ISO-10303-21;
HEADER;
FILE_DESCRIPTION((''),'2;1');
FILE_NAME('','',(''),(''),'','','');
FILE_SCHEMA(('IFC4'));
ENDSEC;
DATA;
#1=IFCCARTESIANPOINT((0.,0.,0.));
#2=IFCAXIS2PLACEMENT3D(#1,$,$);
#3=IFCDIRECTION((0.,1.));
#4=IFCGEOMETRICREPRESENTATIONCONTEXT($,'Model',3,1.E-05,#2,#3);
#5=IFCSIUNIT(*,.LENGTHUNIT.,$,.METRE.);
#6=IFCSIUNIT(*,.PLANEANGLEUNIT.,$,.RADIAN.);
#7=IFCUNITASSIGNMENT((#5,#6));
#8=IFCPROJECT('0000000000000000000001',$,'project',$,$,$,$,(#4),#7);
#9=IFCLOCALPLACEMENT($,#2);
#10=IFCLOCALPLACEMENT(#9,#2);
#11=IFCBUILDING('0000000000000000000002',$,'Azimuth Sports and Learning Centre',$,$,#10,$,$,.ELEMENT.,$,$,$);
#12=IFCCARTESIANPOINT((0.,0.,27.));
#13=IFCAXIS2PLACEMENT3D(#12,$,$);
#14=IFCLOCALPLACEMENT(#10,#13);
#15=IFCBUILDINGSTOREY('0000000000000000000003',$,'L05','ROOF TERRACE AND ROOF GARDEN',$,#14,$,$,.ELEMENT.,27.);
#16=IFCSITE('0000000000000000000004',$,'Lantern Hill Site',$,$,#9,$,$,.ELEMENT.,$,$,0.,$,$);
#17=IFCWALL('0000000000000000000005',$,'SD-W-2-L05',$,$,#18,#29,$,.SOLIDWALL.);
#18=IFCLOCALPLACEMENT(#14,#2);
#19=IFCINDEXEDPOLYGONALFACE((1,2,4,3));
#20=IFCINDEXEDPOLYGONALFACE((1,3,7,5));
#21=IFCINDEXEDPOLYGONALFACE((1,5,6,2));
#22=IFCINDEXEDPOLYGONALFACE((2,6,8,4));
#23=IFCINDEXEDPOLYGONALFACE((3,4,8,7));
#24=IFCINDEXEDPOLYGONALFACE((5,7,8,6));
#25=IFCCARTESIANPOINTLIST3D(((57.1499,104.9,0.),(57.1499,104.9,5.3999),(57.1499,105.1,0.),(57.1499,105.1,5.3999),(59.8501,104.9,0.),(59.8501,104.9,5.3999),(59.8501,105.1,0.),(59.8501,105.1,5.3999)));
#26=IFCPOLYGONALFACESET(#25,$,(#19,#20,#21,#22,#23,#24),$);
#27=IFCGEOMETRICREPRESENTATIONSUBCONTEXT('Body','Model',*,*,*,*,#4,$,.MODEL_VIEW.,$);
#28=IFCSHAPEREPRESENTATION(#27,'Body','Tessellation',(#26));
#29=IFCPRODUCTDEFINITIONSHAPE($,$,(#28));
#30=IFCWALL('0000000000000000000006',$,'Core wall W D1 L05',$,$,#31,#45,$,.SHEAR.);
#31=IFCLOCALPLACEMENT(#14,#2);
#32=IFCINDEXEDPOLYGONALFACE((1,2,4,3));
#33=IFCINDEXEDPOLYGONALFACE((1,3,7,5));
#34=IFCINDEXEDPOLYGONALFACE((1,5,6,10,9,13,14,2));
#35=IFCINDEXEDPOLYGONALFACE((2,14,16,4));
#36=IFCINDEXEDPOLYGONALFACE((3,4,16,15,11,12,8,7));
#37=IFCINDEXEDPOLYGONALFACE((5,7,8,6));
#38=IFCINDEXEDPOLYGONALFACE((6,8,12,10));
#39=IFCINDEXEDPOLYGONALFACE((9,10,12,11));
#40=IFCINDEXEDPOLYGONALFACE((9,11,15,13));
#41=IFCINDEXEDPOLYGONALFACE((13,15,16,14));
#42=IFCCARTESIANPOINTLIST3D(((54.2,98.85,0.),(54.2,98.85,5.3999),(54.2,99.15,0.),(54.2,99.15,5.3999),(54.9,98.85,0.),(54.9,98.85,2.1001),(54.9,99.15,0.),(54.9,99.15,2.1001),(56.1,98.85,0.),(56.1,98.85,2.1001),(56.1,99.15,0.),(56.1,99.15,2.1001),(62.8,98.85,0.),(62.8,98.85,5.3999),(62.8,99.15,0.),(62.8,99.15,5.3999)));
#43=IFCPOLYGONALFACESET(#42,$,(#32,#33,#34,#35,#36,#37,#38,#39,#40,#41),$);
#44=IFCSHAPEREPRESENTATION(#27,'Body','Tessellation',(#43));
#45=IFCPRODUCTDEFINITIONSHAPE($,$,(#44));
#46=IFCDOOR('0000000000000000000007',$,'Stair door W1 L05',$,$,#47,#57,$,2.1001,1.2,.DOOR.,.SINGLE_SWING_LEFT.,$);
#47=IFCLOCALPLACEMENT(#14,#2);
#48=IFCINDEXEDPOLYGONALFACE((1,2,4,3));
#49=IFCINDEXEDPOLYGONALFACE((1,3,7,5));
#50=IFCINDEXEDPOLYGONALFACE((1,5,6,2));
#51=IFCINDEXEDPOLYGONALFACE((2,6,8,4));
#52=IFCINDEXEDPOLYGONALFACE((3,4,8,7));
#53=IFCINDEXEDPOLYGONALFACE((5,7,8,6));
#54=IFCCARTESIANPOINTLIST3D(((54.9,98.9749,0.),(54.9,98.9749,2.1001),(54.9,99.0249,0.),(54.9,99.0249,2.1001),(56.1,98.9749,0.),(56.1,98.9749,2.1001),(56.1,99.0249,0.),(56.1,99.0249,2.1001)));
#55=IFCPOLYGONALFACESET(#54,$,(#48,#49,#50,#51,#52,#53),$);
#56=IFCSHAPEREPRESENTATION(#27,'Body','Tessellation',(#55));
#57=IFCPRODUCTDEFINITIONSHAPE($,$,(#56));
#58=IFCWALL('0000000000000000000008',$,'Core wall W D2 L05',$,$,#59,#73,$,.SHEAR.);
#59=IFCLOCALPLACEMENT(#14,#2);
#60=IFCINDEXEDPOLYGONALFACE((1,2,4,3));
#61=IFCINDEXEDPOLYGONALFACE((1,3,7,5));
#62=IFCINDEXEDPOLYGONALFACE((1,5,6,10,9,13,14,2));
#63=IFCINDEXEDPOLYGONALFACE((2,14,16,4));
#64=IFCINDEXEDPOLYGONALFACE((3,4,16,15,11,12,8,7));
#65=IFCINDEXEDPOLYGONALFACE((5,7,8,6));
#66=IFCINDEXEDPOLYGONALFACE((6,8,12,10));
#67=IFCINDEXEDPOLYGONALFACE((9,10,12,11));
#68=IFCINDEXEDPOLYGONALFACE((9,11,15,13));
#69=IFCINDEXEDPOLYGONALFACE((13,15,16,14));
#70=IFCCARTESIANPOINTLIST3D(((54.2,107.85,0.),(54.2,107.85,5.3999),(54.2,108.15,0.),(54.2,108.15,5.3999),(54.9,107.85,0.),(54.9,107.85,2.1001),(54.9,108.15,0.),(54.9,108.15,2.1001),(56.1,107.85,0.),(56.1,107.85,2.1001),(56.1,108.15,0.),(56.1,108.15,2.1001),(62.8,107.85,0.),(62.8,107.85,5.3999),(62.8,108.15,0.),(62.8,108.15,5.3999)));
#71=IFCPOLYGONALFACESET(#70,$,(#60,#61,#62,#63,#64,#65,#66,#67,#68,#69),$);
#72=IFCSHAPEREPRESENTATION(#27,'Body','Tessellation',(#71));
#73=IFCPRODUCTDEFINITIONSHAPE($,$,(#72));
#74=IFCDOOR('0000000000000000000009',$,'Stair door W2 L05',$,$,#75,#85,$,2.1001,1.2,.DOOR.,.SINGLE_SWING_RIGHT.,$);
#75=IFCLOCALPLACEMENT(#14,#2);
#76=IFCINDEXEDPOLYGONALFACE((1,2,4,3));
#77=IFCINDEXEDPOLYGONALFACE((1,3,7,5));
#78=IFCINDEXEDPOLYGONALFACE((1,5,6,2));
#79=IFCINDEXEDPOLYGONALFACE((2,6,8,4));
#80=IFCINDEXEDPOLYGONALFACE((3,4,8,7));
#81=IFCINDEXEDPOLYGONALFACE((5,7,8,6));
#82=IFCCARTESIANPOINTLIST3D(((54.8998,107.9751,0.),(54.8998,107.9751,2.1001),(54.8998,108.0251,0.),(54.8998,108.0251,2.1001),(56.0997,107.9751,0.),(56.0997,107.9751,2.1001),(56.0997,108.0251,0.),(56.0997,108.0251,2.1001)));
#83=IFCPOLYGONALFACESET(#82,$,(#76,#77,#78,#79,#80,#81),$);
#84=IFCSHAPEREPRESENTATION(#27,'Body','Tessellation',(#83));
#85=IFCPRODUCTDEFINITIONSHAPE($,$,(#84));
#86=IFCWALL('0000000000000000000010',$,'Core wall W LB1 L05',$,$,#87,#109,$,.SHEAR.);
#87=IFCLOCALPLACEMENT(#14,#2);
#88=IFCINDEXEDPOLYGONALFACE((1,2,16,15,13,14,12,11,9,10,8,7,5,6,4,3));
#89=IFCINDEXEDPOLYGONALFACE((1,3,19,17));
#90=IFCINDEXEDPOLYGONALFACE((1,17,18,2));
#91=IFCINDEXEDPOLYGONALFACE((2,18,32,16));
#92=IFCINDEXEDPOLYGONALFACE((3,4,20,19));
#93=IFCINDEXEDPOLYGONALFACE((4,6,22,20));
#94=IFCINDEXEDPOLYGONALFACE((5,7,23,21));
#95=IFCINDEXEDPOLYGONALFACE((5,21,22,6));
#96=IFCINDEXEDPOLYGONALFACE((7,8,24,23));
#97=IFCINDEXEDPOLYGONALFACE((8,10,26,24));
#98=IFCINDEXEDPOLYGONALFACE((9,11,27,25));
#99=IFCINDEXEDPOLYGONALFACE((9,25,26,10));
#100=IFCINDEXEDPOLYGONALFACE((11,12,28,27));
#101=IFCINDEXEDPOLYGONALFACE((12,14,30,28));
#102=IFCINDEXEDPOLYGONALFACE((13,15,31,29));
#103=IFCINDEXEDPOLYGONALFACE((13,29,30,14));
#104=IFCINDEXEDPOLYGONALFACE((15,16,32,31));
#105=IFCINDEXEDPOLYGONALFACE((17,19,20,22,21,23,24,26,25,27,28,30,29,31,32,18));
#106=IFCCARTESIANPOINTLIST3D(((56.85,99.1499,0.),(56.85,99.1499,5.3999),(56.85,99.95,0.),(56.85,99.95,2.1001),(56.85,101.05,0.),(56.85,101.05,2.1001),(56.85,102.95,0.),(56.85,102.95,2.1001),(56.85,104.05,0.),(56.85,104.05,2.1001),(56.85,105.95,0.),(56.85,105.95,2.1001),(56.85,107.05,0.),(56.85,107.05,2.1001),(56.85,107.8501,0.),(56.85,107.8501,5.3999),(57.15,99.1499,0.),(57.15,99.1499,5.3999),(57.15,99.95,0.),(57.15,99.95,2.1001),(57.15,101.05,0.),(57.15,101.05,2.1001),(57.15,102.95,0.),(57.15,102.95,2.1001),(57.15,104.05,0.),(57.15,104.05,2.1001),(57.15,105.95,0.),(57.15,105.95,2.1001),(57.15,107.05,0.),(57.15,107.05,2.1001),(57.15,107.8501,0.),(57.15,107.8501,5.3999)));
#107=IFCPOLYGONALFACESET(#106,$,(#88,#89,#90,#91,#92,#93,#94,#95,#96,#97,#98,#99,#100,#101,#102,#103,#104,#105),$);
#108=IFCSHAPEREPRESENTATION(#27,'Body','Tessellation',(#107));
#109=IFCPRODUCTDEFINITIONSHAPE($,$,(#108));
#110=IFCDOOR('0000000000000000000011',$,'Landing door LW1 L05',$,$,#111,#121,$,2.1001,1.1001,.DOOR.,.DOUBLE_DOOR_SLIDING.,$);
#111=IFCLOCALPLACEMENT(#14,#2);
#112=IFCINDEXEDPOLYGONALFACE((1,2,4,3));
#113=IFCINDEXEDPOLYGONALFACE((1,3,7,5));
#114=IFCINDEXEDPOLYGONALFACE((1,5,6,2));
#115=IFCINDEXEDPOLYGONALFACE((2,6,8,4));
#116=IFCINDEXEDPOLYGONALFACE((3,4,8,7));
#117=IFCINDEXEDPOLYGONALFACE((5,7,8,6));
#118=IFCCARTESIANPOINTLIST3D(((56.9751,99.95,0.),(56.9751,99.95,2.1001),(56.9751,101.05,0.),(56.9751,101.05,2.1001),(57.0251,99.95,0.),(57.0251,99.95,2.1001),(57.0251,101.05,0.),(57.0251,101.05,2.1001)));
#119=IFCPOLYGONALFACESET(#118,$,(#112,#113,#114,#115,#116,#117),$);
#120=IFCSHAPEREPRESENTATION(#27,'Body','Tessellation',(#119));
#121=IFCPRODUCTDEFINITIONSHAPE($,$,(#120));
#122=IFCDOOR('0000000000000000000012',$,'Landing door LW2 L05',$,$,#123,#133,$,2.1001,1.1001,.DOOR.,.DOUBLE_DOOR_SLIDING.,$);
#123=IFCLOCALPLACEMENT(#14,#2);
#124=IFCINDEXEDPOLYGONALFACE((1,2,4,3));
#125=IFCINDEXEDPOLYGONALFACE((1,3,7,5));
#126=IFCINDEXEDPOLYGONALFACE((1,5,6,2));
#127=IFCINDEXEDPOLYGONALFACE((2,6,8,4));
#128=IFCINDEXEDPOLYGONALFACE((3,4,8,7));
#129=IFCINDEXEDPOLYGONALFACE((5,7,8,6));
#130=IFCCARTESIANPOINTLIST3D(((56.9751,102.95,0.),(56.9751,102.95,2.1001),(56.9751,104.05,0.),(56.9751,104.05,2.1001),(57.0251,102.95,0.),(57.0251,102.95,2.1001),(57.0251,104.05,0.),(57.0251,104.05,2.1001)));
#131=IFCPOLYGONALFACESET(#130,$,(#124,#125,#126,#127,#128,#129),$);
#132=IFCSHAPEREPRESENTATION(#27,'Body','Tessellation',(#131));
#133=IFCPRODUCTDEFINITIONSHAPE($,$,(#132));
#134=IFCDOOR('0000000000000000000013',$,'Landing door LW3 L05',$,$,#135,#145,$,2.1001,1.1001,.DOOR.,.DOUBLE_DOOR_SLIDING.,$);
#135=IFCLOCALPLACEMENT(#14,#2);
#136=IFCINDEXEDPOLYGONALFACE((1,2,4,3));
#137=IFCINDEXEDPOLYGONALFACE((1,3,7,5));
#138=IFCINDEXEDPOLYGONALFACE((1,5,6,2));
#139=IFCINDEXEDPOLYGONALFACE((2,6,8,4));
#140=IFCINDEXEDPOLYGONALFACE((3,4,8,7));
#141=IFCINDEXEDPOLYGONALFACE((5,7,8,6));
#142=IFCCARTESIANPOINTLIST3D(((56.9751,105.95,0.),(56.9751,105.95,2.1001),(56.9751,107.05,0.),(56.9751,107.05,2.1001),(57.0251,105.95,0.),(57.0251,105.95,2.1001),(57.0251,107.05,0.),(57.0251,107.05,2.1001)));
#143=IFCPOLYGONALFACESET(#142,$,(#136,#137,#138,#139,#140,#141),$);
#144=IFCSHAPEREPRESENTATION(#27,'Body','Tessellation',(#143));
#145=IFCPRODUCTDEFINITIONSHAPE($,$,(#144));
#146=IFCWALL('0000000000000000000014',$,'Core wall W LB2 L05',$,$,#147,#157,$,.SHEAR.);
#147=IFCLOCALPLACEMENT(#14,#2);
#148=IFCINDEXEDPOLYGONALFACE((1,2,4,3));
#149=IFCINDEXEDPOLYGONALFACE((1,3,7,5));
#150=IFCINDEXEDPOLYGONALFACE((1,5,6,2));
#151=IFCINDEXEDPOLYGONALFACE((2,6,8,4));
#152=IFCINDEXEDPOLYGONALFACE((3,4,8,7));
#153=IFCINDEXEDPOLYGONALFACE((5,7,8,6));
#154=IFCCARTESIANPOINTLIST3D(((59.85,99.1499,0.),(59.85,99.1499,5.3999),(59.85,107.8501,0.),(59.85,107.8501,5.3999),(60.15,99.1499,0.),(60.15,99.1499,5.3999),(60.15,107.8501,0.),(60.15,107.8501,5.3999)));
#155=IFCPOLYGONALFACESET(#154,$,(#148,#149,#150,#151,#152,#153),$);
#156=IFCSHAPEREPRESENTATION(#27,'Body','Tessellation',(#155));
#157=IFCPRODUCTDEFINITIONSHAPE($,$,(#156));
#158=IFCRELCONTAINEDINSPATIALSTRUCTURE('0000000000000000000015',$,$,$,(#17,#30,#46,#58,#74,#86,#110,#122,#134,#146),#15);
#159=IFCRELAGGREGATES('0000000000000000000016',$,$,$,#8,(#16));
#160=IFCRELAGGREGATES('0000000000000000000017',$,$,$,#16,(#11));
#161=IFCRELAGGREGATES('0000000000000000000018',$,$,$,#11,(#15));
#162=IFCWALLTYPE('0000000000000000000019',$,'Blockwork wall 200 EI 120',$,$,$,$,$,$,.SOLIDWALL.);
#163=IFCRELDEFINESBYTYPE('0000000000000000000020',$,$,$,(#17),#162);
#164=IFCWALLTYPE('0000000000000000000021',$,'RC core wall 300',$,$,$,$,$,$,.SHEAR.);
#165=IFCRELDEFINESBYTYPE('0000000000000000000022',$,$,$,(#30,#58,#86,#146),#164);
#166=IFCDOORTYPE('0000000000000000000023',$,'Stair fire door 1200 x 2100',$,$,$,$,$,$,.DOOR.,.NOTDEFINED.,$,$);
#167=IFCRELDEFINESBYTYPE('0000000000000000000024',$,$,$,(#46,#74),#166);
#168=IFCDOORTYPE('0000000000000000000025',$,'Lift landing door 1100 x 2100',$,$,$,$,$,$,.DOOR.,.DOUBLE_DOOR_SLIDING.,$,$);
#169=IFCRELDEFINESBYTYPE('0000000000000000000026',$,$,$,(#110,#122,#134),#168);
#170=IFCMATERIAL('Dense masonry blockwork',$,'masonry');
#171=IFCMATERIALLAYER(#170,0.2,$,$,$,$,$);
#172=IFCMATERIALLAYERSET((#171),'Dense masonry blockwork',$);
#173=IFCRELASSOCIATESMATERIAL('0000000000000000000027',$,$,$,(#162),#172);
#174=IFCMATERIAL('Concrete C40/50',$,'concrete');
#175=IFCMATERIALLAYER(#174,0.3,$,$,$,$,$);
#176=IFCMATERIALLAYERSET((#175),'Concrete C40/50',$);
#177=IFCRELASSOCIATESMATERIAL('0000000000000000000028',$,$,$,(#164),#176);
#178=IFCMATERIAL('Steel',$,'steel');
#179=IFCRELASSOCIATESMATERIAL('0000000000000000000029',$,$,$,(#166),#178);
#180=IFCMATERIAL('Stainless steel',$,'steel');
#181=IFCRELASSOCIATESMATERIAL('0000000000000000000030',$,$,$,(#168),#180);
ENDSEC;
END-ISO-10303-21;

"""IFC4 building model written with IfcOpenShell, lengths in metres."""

from ifc_helpers import new_model, si_unit, direction, frame, frame_2d, origin, place, context, subcontext, project, spatial, rectangle, extrude, material, layer, layer_set, type_object, element, fill, save


model = new_model("IFC4")

# Units and contexts
model_context = context("Model", 3, precision=1e-05, world=origin(), true_north=direction((0.0, 1.0)))
body_context = subcontext(model_context, "Body", "Model", "MODEL_VIEW")
ifc_project = project(units=[si_unit("LENGTHUNIT", "METRE"), si_unit("PLANEANGLEUNIT", "RADIAN")], contexts=[model_context])

# Site, building, storey
site_placement = place(None, origin())
site = spatial("IfcSite", under=ifc_project, at=site_placement, Name="Lantern Hill Site", CompositionType="ELEMENT", RefElevation=0.0)
building_placement = place(site_placement, origin())
building = spatial("IfcBuilding", under=site, at=building_placement, Name="Azimuth Sports and Learning Centre", CompositionType="ELEMENT")
storey_placement = place(building_placement, frame((0.0, 0.0, 27.0)))
storey = spatial("IfcBuildingStorey", under=building, at=storey_placement, Name="L05", Description="ROOF TERRACE AND ROOF GARDEN", CompositionType="ELEMENT", Elevation=27.0)

# Wall
ifc_material_1 = material(Name="Dense masonry blockwork", Category="masonry")
ifc_layer_1 = layer(ifc_material_1, 0.2)
ifc_layer_set_1 = layer_set([ifc_layer_1], Name="Dense masonry blockwork")
wall_type_1 = type_object("IfcWallType", Name="Blockwork wall 200 EI 120", PredefinedType="SOLIDWALL", material=ifc_layer_set_1)
for number, where, z_axis, x_axis, name in (
    (1, (57.1499, 105.0, 0.0), (0.0, 0.0, 1.0), (1.0, 0.0, 0.0), "SD-W-2-L05"),
):
    element("IfcWall", number, at=place(storey_placement, frame(where, z_axis=z_axis, x_axis=x_axis)), inside=storey, type_object=wall_type_1, Name=name, PredefinedType="SOLIDWALL", context=body_context, shape_type="SweptSolid", body=[
        extrude(rectangle(XDim=2.7002, YDim=0.2, at=frame_2d((1.3501, 0.0))), origin(), (0.0, 0.0, 1.0), 5.3999),
    ])

# Walls, openings, doors
ifc_material_2 = material(Name="Concrete C40/50", Category="concrete")
ifc_layer_2 = layer(ifc_material_2, 0.3)
ifc_layer_set_2 = layer_set([ifc_layer_2], Name="Concrete C40/50")
wall_type_2 = type_object("IfcWallType", Name="RC core wall 300", PredefinedType="SHEAR", material=ifc_layer_set_2)
wall_1_placement = place(storey_placement, frame((54.2, 99.0, 0.0), z_axis=(0.0, 0.0, 1.0), x_axis=(1.0, 0.0, 0.0)))
wall_1 = element("IfcWall", 2, at=wall_1_placement, inside=storey, type_object=wall_type_2, Name="Core wall W D1 L05", PredefinedType="SHEAR", context=body_context, shape_type="SweptSolid", body=[
    extrude(rectangle(XDim=8.6001, YDim=0.3, at=frame_2d((4.3, 0.0))), origin(), (0.0, 0.0, 1.0), 5.3999),
])
opening_1_placement = place(wall_1_placement, frame((0.7, 0.0, 0.0)))
opening_1 = element("IfcOpeningElement", 3, at=opening_1_placement, cuts=wall_1, PredefinedType="OPENING", context=body_context, shape_type="SweptSolid", body=[
    extrude(rectangle(XDim=1.2, YDim=2.1001, at=frame_2d((0.6001, 1.05))), frame((0.0, 0.1611, 0.0), z_axis=(0.0, -1.0, 0.0), x_axis=(1.0, 0.0, 0.0)), (0.0, 0.0, 1.0), 0.322),
])
ifc_material_3 = material(Name="Steel", Category="steel")
door_type_1 = type_object("IfcDoorType", Name="Stair fire door 1200 x 2100", OperationType="NOTDEFINED", PredefinedType="DOOR", material=ifc_material_3)
door_1_placement = place(opening_1_placement, origin())
door_1 = element("IfcDoor", 4, at=door_1_placement, inside=storey, type_object=door_type_1, Name="Stair door W1 L05", OperationType="SINGLE_SWING_LEFT", OverallHeight=2.1001, OverallWidth=1.2, PredefinedType="DOOR", context=body_context, shape_type="SweptSolid", body=[
    extrude(rectangle(XDim=1.2, YDim=2.1001, at=frame_2d((0.6001, 1.05))), frame((0.0, 0.0249, 0.0), z_axis=(0.0, -1.0, 0.0), x_axis=(1.0, 0.0, 0.0)), (0.0, 0.0, 1.0), 0.05),
])
fill(opening_1, door_1)
wall_2_placement = place(storey_placement, frame((54.2, 108.0, 0.0), z_axis=(0.0, 0.0, 1.0), x_axis=(1.0, 0.0, 0.0)))
wall_2 = element("IfcWall", 5, at=wall_2_placement, inside=storey, type_object=wall_type_2, Name="Core wall W D2 L05", PredefinedType="SHEAR", context=body_context, shape_type="SweptSolid", body=[
    extrude(rectangle(XDim=8.6001, YDim=0.3, at=frame_2d((4.3, 0.0))), origin(), (0.0, 0.0, 1.0), 5.3999),
])
opening_2_placement = place(wall_2_placement, frame((0.7, 0.0, 0.0)))
opening_2 = element("IfcOpeningElement", 6, at=opening_2_placement, cuts=wall_2, PredefinedType="OPENING", context=body_context, shape_type="SweptSolid", body=[
    extrude(rectangle(XDim=1.2, YDim=2.1001, at=frame_2d((0.6001, 1.05))), frame((0.0, 0.1611, 0.0), z_axis=(0.0, -1.0, 0.0), x_axis=(1.0, 0.0, 0.0)), (0.0, 0.0, 1.0), 0.322),
])
door_2_placement = place(opening_2_placement, frame((1.2, 0.0, 0.0), z_axis=(0.0, 0.0, 1.0), x_axis=(-1.0, 0.0, 0.0)))
door_2 = element("IfcDoor", 7, at=door_2_placement, inside=storey, type_object=door_type_1, Name="Stair door W2 L05", OperationType="SINGLE_SWING_RIGHT", OverallHeight=2.1001, OverallWidth=1.2, PredefinedType="DOOR", context=body_context, shape_type="SweptSolid", body=[
    extrude(rectangle(XDim=1.2, YDim=2.1001, at=frame_2d((0.6001, 1.05))), frame((0.0, 0.0249, 0.0), z_axis=(0.0, -1.0, 0.0), x_axis=(1.0, 0.0, 0.0)), (0.0, 0.0, 1.0), 0.05),
])
fill(opening_2, door_2)

# Wall, openings, doors
wall_3_placement = place(storey_placement, frame((57.0, 99.1499, 0.0), z_axis=(0.0, 0.0, 1.0), x_axis=(0.0, 1.0, 0.0)))
wall_3 = element("IfcWall", 8, at=wall_3_placement, inside=storey, type_object=wall_type_2, Name="Core wall W LB1 L05", PredefinedType="SHEAR", context=body_context, shape_type="SweptSolid", body=[
    extrude(rectangle(XDim=8.7002, YDim=0.3, at=frame_2d((4.3501, 0.0))), origin(), (0.0, 0.0, 1.0), 5.3999),
])
opening_3_placement = place(wall_3_placement, frame((0.8, 0.0, 0.0)))
opening_3 = element("IfcOpeningElement", 9, at=opening_3_placement, cuts=wall_3, PredefinedType="OPENING", context=body_context, shape_type="SweptSolid", body=[
    extrude(rectangle(XDim=1.1001, YDim=2.1001, at=frame_2d((0.55, 1.05))), frame((0.0, 0.1611, 0.0), z_axis=(0.0, -1.0, 0.0), x_axis=(1.0, 0.0, 0.0)), (0.0, 0.0, 1.0), 0.322),
])
opening_4_placement = place(wall_3_placement, frame((3.8, 0.0, 0.0)))
opening_4 = element("IfcOpeningElement", 10, at=opening_4_placement, cuts=wall_3, PredefinedType="OPENING", context=body_context, shape_type="SweptSolid", body=[
    extrude(rectangle(XDim=1.1001, YDim=2.1001, at=frame_2d((0.55, 1.05))), frame((0.0, 0.1611, 0.0), z_axis=(0.0, -1.0, 0.0), x_axis=(1.0, 0.0, 0.0)), (0.0, 0.0, 1.0), 0.322),
])
opening_5_placement = place(wall_3_placement, frame((6.8, 0.0, 0.0)))
opening_5 = element("IfcOpeningElement", 11, at=opening_5_placement, cuts=wall_3, PredefinedType="OPENING", context=body_context, shape_type="SweptSolid", body=[
    extrude(rectangle(XDim=1.1001, YDim=2.1001, at=frame_2d((0.55, 1.05))), frame((0.0, 0.1611, 0.0), z_axis=(0.0, -1.0, 0.0), x_axis=(1.0, 0.0, 0.0)), (0.0, 0.0, 1.0), 0.322),
])
ifc_material_4 = material(Name="Stainless steel", Category="steel")
door_type_2 = type_object("IfcDoorType", Name="Lift landing door 1100 x 2100", OperationType="DOUBLE_DOOR_SLIDING", PredefinedType="DOOR", material=ifc_material_4)
door_3_placement = place(opening_3_placement, origin())
door_3 = element("IfcDoor", 12, at=door_3_placement, inside=storey, type_object=door_type_2, Name="Landing door LW1 L05", OperationType="DOUBLE_DOOR_SLIDING", OverallHeight=2.1001, OverallWidth=1.1001, PredefinedType="DOOR", context=body_context, shape_type="SweptSolid", body=[
    extrude(rectangle(XDim=1.1001, YDim=2.1001, at=frame_2d((0.55, 1.05))), frame((0.0, 0.0249, 0.0), z_axis=(0.0, -1.0, 0.0), x_axis=(1.0, 0.0, 0.0)), (0.0, 0.0, 1.0), 0.05),
])
fill(opening_3, door_3)
door_4_placement = place(opening_4_placement, origin())
door_4 = element("IfcDoor", 13, at=door_4_placement, inside=storey, type_object=door_type_2, Name="Landing door LW2 L05", OperationType="DOUBLE_DOOR_SLIDING", OverallHeight=2.1001, OverallWidth=1.1001, PredefinedType="DOOR", context=body_context, shape_type="SweptSolid", body=[
    extrude(rectangle(XDim=1.1001, YDim=2.1001, at=frame_2d((0.55, 1.05))), frame((0.0, 0.0249, 0.0), z_axis=(0.0, -1.0, 0.0), x_axis=(1.0, 0.0, 0.0)), (0.0, 0.0, 1.0), 0.05),
])
fill(opening_4, door_4)
door_5_placement = place(opening_5_placement, origin())
door_5 = element("IfcDoor", 14, at=door_5_placement, inside=storey, type_object=door_type_2, Name="Landing door LW3 L05", OperationType="DOUBLE_DOOR_SLIDING", OverallHeight=2.1001, OverallWidth=1.1001, PredefinedType="DOOR", context=body_context, shape_type="SweptSolid", body=[
    extrude(rectangle(XDim=1.1001, YDim=2.1001, at=frame_2d((0.55, 1.05))), frame((0.0, 0.0249, 0.0), z_axis=(0.0, -1.0, 0.0), x_axis=(1.0, 0.0, 0.0)), (0.0, 0.0, 1.0), 0.05),
])
fill(opening_5, door_5)

# Wall
wall_4_placement = place(storey_placement, frame((60.0, 99.1499, 0.0), z_axis=(0.0, 0.0, 1.0), x_axis=(0.0, 1.0, 0.0)))
element("IfcWall", 15, at=wall_4_placement, inside=storey, type_object=wall_type_2, Name="Core wall W LB2 L05", PredefinedType="SHEAR", context=body_context, shape_type="SweptSolid", body=[
    extrude(rectangle(XDim=8.7002, YDim=0.3, at=frame_2d((4.3501, 0.0))), origin(), (0.0, 0.0, 1.0), 5.3999),
])

save(model, "model.ifc")
